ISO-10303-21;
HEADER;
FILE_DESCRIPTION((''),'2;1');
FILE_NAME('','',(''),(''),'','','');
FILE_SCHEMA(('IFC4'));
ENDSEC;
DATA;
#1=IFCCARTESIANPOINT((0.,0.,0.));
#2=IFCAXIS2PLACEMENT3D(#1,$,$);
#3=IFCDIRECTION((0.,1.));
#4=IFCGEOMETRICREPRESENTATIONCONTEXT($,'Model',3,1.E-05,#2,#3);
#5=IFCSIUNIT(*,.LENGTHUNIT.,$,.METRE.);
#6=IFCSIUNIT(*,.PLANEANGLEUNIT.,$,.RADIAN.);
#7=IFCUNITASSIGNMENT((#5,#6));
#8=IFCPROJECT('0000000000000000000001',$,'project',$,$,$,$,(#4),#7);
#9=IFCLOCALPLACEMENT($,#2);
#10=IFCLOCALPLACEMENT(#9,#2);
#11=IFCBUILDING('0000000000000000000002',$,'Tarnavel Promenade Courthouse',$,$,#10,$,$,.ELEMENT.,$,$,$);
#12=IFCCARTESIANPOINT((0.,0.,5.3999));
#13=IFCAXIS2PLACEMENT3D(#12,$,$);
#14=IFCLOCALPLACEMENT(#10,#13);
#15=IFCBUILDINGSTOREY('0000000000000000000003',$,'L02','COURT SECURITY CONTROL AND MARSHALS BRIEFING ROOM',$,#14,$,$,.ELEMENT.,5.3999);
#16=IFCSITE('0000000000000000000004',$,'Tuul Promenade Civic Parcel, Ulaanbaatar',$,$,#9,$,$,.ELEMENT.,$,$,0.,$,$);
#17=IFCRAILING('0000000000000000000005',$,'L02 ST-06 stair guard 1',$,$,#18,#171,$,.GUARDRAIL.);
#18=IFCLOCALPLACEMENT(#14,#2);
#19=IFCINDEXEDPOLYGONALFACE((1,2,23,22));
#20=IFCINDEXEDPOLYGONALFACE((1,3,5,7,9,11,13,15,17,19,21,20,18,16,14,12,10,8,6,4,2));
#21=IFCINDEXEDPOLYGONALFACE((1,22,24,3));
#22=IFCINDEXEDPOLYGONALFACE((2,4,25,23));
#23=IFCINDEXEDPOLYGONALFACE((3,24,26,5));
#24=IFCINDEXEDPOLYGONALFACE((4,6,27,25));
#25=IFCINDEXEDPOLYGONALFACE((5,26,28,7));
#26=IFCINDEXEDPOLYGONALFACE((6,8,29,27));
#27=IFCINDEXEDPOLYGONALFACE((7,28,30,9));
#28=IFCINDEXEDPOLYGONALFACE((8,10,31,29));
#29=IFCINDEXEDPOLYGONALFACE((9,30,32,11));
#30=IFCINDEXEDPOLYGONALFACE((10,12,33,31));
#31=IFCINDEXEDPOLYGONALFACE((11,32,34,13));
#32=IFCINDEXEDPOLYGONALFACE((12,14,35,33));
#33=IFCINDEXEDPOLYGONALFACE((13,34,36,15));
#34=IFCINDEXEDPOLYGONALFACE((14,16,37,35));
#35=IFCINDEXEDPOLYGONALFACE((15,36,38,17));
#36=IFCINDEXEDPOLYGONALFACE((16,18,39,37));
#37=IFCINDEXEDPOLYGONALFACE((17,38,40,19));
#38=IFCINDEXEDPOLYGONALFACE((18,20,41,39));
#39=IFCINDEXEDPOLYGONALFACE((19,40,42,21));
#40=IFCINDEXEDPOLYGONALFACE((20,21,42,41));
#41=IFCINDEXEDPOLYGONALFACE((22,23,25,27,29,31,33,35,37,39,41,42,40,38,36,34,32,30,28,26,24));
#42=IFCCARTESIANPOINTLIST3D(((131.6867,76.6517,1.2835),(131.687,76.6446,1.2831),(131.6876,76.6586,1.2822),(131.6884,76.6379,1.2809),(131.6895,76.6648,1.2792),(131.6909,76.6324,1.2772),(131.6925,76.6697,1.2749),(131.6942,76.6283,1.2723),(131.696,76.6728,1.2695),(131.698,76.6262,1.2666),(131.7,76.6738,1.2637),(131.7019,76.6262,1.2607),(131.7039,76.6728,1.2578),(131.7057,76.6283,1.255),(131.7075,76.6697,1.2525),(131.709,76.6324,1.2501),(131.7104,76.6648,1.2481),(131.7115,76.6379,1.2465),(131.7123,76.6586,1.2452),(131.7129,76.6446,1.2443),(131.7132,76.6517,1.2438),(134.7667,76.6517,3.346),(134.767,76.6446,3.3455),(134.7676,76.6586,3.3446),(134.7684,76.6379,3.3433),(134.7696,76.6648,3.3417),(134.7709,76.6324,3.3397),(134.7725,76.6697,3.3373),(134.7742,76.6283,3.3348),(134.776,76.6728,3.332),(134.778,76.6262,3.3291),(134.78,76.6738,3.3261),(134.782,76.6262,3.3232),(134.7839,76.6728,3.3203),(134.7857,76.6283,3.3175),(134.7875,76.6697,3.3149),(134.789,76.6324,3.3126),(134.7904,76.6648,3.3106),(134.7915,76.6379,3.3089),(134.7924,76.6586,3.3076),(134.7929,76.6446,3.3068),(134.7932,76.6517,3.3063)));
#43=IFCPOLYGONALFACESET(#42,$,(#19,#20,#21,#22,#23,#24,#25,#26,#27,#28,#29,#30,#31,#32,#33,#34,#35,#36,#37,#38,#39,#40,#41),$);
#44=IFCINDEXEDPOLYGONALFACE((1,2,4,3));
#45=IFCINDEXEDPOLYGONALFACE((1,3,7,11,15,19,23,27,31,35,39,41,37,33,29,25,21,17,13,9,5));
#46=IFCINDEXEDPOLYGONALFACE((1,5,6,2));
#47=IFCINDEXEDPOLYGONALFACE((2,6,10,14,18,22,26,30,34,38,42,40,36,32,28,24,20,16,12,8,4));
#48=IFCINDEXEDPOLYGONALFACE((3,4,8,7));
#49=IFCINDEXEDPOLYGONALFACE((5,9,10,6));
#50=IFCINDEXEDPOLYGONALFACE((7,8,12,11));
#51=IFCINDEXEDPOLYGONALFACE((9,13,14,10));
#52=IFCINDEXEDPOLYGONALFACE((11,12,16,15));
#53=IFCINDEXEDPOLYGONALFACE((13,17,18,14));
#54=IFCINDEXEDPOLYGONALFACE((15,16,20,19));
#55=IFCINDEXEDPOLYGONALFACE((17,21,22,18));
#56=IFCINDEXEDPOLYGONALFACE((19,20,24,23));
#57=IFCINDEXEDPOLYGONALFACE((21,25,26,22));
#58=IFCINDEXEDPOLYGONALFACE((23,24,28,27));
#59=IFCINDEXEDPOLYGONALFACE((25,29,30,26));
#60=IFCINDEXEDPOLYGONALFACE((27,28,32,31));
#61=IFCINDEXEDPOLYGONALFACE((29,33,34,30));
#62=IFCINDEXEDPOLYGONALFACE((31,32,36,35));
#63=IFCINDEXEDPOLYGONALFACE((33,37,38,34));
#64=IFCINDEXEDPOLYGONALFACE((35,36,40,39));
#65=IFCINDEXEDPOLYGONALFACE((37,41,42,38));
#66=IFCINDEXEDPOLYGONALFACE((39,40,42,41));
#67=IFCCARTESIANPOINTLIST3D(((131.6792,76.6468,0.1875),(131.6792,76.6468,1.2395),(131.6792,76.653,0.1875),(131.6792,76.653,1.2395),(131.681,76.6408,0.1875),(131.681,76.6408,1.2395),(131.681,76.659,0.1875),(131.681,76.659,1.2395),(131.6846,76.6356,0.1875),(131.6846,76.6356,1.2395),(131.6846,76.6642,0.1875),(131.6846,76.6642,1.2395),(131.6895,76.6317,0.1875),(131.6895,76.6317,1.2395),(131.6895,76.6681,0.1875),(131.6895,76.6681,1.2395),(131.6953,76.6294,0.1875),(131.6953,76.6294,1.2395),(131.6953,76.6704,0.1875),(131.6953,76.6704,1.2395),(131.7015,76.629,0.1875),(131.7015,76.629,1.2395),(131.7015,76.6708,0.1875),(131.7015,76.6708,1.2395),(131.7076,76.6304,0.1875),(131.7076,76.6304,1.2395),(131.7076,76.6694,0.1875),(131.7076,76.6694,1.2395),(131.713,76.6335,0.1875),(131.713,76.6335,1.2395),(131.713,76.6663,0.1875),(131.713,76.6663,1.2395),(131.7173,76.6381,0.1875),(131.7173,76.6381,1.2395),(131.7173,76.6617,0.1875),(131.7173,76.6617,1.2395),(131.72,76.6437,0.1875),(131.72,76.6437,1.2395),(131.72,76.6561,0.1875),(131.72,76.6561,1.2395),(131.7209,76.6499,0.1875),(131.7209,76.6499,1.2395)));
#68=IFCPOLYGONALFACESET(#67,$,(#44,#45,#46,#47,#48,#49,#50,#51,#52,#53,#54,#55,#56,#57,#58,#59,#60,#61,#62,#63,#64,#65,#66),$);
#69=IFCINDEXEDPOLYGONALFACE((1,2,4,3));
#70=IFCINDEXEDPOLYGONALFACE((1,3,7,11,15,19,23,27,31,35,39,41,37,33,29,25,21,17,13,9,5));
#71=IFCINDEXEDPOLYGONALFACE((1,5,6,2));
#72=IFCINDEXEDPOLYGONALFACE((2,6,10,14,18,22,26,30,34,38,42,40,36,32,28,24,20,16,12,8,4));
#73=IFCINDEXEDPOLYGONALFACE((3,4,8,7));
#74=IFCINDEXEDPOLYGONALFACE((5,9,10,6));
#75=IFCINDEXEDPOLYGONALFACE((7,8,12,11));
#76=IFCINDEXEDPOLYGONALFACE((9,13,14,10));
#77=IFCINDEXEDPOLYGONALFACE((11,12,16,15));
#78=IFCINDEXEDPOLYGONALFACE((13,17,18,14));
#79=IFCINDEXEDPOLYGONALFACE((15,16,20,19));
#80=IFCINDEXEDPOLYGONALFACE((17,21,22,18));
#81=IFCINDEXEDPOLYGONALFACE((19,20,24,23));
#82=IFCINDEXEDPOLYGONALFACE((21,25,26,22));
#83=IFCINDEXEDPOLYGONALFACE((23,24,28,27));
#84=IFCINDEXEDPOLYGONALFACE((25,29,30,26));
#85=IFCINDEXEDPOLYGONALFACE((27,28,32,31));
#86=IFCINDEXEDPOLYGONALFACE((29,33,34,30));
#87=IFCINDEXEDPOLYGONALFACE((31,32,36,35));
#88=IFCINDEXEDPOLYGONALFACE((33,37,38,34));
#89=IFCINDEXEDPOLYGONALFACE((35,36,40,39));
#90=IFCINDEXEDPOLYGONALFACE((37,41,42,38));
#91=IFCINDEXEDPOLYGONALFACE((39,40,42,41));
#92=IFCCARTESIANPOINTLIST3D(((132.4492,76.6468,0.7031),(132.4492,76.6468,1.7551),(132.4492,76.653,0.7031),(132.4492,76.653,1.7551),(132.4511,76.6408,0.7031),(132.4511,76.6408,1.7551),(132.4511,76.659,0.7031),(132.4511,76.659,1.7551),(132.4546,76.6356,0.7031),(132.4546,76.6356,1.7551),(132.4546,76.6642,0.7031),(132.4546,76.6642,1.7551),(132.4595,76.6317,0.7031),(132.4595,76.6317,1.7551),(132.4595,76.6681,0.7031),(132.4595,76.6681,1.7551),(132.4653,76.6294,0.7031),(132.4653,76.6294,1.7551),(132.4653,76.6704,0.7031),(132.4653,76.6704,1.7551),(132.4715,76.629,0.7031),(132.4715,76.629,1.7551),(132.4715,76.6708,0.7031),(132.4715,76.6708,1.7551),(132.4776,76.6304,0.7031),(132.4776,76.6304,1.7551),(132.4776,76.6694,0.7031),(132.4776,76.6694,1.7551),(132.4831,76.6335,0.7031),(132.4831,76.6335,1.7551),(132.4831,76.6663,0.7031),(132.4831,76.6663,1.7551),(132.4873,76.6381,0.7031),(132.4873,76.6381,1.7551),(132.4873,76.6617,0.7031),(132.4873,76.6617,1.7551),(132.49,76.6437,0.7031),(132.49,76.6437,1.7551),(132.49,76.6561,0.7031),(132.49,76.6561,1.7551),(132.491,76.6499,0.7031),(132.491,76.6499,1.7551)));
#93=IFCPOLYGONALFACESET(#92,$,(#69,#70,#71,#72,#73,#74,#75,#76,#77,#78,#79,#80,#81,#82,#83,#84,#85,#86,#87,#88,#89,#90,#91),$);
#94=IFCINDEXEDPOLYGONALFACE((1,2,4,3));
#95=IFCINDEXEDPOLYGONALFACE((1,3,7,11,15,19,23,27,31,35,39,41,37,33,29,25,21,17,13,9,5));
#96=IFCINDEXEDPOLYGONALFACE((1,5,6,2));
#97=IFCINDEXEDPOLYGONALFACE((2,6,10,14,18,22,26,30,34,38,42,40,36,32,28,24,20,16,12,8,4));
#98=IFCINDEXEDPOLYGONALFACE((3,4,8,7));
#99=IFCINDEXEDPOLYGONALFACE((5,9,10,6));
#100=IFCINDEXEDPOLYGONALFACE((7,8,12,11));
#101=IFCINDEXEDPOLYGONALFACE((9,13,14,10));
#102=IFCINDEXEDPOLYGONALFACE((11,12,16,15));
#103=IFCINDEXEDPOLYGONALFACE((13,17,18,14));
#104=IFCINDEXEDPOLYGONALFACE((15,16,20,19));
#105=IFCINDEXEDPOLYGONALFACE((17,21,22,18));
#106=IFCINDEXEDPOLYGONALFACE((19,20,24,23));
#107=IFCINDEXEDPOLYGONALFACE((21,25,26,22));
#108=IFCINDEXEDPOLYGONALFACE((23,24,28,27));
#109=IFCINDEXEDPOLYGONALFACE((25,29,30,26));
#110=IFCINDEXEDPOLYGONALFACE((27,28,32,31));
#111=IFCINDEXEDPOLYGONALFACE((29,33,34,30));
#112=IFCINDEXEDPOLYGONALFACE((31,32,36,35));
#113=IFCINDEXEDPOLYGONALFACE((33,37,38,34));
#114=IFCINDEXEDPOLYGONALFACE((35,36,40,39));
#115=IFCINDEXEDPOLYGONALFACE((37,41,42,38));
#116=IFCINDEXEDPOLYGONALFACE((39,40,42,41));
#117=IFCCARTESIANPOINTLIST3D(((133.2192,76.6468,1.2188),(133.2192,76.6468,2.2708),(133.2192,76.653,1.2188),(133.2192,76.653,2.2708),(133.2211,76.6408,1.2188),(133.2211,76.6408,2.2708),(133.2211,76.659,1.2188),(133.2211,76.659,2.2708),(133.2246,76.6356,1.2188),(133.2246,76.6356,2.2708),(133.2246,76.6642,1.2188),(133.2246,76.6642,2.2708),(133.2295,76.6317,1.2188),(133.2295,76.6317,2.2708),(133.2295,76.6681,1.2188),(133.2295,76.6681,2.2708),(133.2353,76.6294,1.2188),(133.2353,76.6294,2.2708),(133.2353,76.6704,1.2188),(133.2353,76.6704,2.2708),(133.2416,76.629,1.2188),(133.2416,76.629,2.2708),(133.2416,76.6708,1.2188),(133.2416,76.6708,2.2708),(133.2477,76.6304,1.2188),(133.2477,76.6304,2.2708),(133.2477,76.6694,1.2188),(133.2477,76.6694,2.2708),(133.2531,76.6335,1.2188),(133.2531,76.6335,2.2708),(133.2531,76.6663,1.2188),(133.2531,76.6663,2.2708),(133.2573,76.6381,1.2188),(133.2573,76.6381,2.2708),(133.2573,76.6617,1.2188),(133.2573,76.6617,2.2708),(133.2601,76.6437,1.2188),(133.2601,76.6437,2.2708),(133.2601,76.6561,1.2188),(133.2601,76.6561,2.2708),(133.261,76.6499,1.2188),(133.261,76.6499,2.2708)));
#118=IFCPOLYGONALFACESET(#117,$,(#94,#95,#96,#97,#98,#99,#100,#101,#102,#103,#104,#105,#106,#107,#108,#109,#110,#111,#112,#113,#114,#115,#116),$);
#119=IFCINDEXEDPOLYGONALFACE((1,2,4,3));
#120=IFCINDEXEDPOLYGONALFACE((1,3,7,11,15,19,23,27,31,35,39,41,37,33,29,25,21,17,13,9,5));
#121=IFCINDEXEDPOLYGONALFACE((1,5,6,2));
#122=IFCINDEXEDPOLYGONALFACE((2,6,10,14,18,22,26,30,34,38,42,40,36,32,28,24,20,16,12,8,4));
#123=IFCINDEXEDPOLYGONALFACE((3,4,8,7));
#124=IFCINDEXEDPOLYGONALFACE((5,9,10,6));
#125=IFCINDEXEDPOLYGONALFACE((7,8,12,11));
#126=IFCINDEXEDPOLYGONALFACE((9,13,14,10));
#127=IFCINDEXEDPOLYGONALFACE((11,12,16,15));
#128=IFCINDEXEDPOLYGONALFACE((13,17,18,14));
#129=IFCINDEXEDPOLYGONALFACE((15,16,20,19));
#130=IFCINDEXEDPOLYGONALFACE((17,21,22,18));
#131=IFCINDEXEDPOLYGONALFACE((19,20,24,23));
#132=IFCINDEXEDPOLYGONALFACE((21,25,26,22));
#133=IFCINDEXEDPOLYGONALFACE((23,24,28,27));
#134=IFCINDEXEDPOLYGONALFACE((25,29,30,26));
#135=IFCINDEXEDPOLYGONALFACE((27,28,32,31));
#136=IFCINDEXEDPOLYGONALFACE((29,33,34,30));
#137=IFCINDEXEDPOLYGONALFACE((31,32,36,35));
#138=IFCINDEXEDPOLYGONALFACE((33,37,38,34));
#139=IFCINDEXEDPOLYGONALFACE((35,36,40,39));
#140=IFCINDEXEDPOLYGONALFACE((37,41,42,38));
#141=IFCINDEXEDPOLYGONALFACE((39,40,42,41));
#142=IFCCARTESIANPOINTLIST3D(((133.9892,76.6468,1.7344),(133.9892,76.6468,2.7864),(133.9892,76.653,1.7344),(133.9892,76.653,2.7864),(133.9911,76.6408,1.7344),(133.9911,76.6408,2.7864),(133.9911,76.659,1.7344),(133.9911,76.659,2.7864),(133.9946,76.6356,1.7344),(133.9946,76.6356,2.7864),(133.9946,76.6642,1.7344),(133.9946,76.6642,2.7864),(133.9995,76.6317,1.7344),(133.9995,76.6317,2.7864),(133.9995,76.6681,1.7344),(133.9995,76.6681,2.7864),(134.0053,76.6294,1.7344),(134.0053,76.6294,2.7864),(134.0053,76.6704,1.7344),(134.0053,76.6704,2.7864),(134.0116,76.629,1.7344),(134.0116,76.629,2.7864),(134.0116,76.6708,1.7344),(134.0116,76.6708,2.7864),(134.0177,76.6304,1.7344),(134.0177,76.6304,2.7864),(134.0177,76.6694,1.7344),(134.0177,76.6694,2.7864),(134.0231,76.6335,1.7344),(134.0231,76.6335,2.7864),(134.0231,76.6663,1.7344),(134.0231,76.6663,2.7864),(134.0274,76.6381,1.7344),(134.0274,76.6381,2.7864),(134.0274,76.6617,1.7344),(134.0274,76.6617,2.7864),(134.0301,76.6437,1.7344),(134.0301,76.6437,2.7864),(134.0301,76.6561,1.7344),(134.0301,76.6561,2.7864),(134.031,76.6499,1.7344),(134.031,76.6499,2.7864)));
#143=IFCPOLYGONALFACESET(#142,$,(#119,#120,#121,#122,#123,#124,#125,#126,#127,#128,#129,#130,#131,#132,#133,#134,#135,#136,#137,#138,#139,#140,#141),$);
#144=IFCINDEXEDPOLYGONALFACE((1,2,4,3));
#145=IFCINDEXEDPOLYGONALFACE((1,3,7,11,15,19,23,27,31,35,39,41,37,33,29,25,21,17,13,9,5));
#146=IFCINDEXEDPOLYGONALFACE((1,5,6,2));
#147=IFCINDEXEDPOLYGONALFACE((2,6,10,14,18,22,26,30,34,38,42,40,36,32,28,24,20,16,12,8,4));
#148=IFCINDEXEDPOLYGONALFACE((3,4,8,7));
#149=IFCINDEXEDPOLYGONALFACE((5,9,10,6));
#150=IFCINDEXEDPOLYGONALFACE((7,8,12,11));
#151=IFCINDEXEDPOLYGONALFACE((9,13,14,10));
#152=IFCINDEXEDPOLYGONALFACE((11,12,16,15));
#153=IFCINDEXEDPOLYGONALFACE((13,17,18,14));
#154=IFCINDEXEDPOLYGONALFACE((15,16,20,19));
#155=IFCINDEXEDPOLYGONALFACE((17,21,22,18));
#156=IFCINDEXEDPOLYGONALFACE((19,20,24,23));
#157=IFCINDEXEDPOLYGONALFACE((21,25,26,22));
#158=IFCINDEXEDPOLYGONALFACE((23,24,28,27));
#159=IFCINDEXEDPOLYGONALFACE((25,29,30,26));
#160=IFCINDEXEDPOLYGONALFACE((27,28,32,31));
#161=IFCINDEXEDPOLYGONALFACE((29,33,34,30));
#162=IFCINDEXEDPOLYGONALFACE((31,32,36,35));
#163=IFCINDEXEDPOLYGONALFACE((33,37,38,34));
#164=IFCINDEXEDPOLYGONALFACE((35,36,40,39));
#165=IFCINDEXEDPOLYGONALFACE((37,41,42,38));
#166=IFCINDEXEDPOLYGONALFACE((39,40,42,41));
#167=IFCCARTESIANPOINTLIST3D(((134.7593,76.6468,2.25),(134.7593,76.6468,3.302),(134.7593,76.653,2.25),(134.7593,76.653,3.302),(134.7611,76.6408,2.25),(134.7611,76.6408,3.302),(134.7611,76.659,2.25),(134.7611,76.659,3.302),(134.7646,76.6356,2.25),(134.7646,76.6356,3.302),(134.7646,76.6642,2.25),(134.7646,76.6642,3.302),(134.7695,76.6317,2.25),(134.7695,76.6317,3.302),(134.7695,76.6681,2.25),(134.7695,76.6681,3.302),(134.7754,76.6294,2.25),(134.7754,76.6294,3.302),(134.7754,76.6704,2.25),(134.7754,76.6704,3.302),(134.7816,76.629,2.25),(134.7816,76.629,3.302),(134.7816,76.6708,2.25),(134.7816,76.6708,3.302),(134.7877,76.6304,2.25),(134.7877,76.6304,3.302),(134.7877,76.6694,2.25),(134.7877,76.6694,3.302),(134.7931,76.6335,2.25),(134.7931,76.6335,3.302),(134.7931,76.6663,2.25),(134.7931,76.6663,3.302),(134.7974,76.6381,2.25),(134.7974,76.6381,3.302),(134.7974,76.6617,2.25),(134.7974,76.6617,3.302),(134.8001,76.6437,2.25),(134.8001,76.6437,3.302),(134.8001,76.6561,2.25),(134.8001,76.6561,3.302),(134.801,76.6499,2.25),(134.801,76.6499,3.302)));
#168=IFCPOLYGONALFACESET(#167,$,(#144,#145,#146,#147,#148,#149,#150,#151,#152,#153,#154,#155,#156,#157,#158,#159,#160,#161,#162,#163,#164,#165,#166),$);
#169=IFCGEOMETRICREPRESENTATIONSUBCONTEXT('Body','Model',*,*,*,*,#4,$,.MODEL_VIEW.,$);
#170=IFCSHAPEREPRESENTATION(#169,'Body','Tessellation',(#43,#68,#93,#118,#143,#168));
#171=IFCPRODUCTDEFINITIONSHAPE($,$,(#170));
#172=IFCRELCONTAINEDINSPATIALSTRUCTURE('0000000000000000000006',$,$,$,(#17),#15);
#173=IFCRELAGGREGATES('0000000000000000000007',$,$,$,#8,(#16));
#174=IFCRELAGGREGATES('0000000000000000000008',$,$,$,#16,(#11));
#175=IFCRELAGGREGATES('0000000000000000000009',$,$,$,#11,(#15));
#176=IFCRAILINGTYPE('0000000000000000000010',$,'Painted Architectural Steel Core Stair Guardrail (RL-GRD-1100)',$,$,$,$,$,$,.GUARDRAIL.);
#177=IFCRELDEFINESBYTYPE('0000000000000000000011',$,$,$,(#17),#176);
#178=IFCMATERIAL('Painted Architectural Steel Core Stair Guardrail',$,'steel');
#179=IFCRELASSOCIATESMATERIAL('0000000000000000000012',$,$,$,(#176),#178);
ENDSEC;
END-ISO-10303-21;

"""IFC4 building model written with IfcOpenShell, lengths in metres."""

from ifc_helpers import new_model, si_unit, direction, frame, origin, origin_2d, place, context, subcontext, project, spatial, circle, extrude, material, type_object, element, save


model = new_model("IFC4")

# Units and contexts
model_context = context("Model", 3, precision=1e-05, world=origin(), true_north=direction((0.0, 1.0)))
body_context = subcontext(model_context, "Body", "Model", "MODEL_VIEW")
ifc_project = project(units=[si_unit("LENGTHUNIT", "METRE"), si_unit("PLANEANGLEUNIT", "RADIAN")], contexts=[model_context])

# Site, building, storey
site_placement = place(None, origin())
site = spatial("IfcSite", under=ifc_project, at=site_placement, Name="Tuul Promenade Civic Parcel, Ulaanbaatar", CompositionType="ELEMENT", RefElevation=0.0)
building_placement = place(site_placement, origin())
building = spatial("IfcBuilding", under=site, at=building_placement, Name="Tarnavel Promenade Courthouse", CompositionType="ELEMENT")
storey_placement = place(building_placement, frame((0.0, 0.0, 5.3999)))
storey = spatial("IfcBuildingStorey", under=building, at=storey_placement, Name="L02", Description="COURT SECURITY CONTROL AND MARSHALS BRIEFING ROOM", CompositionType="ELEMENT", Elevation=5.3999)

# Railing
ifc_material_1 = material(Name="Painted Architectural Steel Core Stair Guardrail", Category="steel")
railing_type_1 = type_object("IfcRailingType", Name="Painted Architectural Steel Core Stair Guardrail (RL-GRD-1100)", PredefinedType="GUARDRAIL", material=ifc_material_1)
railing_1_placement = place(storey_placement, frame((131.7, 76.6499, 0.1875)))
element("IfcRailing", 1, at=railing_1_placement, inside=storey, type_object=railing_type_1, Name="L02 ST-06 stair guard 1", PredefinedType="GUARDRAIL", context=body_context, shape_type="SweptSolid", body=[
    extrude(circle(Radius=0.0239, at=origin_2d()), frame((0.0, 0.0, 1.0762), z_axis=(0.830914, 0.0, 0.556401), x_axis=(0.0, 1.0, 0.0)), (0.0, 0.0, 1.0), 3.7068),
    extrude(circle(Radius=0.021, at=origin_2d()), origin(), (0.0, 0.0, 1.0), 1.052),
    extrude(circle(Radius=0.021, at=origin_2d()), frame((0.77, 0.0, 0.5156)), (0.0, 0.0, 1.0), 1.052),
    extrude(circle(Radius=0.021, at=origin_2d()), frame((1.54, 0.0, 1.0312)), (0.0, 0.0, 1.0), 1.052),
    extrude(circle(Radius=0.021, at=origin_2d()), frame((2.3101, 0.0, 1.5469)), (0.0, 0.0, 1.0), 1.052),
    extrude(circle(Radius=0.021, at=origin_2d()), frame((3.0801, 0.0, 2.0625)), (0.0, 0.0, 1.0), 1.052),
])

save(model, "model.ifc")
